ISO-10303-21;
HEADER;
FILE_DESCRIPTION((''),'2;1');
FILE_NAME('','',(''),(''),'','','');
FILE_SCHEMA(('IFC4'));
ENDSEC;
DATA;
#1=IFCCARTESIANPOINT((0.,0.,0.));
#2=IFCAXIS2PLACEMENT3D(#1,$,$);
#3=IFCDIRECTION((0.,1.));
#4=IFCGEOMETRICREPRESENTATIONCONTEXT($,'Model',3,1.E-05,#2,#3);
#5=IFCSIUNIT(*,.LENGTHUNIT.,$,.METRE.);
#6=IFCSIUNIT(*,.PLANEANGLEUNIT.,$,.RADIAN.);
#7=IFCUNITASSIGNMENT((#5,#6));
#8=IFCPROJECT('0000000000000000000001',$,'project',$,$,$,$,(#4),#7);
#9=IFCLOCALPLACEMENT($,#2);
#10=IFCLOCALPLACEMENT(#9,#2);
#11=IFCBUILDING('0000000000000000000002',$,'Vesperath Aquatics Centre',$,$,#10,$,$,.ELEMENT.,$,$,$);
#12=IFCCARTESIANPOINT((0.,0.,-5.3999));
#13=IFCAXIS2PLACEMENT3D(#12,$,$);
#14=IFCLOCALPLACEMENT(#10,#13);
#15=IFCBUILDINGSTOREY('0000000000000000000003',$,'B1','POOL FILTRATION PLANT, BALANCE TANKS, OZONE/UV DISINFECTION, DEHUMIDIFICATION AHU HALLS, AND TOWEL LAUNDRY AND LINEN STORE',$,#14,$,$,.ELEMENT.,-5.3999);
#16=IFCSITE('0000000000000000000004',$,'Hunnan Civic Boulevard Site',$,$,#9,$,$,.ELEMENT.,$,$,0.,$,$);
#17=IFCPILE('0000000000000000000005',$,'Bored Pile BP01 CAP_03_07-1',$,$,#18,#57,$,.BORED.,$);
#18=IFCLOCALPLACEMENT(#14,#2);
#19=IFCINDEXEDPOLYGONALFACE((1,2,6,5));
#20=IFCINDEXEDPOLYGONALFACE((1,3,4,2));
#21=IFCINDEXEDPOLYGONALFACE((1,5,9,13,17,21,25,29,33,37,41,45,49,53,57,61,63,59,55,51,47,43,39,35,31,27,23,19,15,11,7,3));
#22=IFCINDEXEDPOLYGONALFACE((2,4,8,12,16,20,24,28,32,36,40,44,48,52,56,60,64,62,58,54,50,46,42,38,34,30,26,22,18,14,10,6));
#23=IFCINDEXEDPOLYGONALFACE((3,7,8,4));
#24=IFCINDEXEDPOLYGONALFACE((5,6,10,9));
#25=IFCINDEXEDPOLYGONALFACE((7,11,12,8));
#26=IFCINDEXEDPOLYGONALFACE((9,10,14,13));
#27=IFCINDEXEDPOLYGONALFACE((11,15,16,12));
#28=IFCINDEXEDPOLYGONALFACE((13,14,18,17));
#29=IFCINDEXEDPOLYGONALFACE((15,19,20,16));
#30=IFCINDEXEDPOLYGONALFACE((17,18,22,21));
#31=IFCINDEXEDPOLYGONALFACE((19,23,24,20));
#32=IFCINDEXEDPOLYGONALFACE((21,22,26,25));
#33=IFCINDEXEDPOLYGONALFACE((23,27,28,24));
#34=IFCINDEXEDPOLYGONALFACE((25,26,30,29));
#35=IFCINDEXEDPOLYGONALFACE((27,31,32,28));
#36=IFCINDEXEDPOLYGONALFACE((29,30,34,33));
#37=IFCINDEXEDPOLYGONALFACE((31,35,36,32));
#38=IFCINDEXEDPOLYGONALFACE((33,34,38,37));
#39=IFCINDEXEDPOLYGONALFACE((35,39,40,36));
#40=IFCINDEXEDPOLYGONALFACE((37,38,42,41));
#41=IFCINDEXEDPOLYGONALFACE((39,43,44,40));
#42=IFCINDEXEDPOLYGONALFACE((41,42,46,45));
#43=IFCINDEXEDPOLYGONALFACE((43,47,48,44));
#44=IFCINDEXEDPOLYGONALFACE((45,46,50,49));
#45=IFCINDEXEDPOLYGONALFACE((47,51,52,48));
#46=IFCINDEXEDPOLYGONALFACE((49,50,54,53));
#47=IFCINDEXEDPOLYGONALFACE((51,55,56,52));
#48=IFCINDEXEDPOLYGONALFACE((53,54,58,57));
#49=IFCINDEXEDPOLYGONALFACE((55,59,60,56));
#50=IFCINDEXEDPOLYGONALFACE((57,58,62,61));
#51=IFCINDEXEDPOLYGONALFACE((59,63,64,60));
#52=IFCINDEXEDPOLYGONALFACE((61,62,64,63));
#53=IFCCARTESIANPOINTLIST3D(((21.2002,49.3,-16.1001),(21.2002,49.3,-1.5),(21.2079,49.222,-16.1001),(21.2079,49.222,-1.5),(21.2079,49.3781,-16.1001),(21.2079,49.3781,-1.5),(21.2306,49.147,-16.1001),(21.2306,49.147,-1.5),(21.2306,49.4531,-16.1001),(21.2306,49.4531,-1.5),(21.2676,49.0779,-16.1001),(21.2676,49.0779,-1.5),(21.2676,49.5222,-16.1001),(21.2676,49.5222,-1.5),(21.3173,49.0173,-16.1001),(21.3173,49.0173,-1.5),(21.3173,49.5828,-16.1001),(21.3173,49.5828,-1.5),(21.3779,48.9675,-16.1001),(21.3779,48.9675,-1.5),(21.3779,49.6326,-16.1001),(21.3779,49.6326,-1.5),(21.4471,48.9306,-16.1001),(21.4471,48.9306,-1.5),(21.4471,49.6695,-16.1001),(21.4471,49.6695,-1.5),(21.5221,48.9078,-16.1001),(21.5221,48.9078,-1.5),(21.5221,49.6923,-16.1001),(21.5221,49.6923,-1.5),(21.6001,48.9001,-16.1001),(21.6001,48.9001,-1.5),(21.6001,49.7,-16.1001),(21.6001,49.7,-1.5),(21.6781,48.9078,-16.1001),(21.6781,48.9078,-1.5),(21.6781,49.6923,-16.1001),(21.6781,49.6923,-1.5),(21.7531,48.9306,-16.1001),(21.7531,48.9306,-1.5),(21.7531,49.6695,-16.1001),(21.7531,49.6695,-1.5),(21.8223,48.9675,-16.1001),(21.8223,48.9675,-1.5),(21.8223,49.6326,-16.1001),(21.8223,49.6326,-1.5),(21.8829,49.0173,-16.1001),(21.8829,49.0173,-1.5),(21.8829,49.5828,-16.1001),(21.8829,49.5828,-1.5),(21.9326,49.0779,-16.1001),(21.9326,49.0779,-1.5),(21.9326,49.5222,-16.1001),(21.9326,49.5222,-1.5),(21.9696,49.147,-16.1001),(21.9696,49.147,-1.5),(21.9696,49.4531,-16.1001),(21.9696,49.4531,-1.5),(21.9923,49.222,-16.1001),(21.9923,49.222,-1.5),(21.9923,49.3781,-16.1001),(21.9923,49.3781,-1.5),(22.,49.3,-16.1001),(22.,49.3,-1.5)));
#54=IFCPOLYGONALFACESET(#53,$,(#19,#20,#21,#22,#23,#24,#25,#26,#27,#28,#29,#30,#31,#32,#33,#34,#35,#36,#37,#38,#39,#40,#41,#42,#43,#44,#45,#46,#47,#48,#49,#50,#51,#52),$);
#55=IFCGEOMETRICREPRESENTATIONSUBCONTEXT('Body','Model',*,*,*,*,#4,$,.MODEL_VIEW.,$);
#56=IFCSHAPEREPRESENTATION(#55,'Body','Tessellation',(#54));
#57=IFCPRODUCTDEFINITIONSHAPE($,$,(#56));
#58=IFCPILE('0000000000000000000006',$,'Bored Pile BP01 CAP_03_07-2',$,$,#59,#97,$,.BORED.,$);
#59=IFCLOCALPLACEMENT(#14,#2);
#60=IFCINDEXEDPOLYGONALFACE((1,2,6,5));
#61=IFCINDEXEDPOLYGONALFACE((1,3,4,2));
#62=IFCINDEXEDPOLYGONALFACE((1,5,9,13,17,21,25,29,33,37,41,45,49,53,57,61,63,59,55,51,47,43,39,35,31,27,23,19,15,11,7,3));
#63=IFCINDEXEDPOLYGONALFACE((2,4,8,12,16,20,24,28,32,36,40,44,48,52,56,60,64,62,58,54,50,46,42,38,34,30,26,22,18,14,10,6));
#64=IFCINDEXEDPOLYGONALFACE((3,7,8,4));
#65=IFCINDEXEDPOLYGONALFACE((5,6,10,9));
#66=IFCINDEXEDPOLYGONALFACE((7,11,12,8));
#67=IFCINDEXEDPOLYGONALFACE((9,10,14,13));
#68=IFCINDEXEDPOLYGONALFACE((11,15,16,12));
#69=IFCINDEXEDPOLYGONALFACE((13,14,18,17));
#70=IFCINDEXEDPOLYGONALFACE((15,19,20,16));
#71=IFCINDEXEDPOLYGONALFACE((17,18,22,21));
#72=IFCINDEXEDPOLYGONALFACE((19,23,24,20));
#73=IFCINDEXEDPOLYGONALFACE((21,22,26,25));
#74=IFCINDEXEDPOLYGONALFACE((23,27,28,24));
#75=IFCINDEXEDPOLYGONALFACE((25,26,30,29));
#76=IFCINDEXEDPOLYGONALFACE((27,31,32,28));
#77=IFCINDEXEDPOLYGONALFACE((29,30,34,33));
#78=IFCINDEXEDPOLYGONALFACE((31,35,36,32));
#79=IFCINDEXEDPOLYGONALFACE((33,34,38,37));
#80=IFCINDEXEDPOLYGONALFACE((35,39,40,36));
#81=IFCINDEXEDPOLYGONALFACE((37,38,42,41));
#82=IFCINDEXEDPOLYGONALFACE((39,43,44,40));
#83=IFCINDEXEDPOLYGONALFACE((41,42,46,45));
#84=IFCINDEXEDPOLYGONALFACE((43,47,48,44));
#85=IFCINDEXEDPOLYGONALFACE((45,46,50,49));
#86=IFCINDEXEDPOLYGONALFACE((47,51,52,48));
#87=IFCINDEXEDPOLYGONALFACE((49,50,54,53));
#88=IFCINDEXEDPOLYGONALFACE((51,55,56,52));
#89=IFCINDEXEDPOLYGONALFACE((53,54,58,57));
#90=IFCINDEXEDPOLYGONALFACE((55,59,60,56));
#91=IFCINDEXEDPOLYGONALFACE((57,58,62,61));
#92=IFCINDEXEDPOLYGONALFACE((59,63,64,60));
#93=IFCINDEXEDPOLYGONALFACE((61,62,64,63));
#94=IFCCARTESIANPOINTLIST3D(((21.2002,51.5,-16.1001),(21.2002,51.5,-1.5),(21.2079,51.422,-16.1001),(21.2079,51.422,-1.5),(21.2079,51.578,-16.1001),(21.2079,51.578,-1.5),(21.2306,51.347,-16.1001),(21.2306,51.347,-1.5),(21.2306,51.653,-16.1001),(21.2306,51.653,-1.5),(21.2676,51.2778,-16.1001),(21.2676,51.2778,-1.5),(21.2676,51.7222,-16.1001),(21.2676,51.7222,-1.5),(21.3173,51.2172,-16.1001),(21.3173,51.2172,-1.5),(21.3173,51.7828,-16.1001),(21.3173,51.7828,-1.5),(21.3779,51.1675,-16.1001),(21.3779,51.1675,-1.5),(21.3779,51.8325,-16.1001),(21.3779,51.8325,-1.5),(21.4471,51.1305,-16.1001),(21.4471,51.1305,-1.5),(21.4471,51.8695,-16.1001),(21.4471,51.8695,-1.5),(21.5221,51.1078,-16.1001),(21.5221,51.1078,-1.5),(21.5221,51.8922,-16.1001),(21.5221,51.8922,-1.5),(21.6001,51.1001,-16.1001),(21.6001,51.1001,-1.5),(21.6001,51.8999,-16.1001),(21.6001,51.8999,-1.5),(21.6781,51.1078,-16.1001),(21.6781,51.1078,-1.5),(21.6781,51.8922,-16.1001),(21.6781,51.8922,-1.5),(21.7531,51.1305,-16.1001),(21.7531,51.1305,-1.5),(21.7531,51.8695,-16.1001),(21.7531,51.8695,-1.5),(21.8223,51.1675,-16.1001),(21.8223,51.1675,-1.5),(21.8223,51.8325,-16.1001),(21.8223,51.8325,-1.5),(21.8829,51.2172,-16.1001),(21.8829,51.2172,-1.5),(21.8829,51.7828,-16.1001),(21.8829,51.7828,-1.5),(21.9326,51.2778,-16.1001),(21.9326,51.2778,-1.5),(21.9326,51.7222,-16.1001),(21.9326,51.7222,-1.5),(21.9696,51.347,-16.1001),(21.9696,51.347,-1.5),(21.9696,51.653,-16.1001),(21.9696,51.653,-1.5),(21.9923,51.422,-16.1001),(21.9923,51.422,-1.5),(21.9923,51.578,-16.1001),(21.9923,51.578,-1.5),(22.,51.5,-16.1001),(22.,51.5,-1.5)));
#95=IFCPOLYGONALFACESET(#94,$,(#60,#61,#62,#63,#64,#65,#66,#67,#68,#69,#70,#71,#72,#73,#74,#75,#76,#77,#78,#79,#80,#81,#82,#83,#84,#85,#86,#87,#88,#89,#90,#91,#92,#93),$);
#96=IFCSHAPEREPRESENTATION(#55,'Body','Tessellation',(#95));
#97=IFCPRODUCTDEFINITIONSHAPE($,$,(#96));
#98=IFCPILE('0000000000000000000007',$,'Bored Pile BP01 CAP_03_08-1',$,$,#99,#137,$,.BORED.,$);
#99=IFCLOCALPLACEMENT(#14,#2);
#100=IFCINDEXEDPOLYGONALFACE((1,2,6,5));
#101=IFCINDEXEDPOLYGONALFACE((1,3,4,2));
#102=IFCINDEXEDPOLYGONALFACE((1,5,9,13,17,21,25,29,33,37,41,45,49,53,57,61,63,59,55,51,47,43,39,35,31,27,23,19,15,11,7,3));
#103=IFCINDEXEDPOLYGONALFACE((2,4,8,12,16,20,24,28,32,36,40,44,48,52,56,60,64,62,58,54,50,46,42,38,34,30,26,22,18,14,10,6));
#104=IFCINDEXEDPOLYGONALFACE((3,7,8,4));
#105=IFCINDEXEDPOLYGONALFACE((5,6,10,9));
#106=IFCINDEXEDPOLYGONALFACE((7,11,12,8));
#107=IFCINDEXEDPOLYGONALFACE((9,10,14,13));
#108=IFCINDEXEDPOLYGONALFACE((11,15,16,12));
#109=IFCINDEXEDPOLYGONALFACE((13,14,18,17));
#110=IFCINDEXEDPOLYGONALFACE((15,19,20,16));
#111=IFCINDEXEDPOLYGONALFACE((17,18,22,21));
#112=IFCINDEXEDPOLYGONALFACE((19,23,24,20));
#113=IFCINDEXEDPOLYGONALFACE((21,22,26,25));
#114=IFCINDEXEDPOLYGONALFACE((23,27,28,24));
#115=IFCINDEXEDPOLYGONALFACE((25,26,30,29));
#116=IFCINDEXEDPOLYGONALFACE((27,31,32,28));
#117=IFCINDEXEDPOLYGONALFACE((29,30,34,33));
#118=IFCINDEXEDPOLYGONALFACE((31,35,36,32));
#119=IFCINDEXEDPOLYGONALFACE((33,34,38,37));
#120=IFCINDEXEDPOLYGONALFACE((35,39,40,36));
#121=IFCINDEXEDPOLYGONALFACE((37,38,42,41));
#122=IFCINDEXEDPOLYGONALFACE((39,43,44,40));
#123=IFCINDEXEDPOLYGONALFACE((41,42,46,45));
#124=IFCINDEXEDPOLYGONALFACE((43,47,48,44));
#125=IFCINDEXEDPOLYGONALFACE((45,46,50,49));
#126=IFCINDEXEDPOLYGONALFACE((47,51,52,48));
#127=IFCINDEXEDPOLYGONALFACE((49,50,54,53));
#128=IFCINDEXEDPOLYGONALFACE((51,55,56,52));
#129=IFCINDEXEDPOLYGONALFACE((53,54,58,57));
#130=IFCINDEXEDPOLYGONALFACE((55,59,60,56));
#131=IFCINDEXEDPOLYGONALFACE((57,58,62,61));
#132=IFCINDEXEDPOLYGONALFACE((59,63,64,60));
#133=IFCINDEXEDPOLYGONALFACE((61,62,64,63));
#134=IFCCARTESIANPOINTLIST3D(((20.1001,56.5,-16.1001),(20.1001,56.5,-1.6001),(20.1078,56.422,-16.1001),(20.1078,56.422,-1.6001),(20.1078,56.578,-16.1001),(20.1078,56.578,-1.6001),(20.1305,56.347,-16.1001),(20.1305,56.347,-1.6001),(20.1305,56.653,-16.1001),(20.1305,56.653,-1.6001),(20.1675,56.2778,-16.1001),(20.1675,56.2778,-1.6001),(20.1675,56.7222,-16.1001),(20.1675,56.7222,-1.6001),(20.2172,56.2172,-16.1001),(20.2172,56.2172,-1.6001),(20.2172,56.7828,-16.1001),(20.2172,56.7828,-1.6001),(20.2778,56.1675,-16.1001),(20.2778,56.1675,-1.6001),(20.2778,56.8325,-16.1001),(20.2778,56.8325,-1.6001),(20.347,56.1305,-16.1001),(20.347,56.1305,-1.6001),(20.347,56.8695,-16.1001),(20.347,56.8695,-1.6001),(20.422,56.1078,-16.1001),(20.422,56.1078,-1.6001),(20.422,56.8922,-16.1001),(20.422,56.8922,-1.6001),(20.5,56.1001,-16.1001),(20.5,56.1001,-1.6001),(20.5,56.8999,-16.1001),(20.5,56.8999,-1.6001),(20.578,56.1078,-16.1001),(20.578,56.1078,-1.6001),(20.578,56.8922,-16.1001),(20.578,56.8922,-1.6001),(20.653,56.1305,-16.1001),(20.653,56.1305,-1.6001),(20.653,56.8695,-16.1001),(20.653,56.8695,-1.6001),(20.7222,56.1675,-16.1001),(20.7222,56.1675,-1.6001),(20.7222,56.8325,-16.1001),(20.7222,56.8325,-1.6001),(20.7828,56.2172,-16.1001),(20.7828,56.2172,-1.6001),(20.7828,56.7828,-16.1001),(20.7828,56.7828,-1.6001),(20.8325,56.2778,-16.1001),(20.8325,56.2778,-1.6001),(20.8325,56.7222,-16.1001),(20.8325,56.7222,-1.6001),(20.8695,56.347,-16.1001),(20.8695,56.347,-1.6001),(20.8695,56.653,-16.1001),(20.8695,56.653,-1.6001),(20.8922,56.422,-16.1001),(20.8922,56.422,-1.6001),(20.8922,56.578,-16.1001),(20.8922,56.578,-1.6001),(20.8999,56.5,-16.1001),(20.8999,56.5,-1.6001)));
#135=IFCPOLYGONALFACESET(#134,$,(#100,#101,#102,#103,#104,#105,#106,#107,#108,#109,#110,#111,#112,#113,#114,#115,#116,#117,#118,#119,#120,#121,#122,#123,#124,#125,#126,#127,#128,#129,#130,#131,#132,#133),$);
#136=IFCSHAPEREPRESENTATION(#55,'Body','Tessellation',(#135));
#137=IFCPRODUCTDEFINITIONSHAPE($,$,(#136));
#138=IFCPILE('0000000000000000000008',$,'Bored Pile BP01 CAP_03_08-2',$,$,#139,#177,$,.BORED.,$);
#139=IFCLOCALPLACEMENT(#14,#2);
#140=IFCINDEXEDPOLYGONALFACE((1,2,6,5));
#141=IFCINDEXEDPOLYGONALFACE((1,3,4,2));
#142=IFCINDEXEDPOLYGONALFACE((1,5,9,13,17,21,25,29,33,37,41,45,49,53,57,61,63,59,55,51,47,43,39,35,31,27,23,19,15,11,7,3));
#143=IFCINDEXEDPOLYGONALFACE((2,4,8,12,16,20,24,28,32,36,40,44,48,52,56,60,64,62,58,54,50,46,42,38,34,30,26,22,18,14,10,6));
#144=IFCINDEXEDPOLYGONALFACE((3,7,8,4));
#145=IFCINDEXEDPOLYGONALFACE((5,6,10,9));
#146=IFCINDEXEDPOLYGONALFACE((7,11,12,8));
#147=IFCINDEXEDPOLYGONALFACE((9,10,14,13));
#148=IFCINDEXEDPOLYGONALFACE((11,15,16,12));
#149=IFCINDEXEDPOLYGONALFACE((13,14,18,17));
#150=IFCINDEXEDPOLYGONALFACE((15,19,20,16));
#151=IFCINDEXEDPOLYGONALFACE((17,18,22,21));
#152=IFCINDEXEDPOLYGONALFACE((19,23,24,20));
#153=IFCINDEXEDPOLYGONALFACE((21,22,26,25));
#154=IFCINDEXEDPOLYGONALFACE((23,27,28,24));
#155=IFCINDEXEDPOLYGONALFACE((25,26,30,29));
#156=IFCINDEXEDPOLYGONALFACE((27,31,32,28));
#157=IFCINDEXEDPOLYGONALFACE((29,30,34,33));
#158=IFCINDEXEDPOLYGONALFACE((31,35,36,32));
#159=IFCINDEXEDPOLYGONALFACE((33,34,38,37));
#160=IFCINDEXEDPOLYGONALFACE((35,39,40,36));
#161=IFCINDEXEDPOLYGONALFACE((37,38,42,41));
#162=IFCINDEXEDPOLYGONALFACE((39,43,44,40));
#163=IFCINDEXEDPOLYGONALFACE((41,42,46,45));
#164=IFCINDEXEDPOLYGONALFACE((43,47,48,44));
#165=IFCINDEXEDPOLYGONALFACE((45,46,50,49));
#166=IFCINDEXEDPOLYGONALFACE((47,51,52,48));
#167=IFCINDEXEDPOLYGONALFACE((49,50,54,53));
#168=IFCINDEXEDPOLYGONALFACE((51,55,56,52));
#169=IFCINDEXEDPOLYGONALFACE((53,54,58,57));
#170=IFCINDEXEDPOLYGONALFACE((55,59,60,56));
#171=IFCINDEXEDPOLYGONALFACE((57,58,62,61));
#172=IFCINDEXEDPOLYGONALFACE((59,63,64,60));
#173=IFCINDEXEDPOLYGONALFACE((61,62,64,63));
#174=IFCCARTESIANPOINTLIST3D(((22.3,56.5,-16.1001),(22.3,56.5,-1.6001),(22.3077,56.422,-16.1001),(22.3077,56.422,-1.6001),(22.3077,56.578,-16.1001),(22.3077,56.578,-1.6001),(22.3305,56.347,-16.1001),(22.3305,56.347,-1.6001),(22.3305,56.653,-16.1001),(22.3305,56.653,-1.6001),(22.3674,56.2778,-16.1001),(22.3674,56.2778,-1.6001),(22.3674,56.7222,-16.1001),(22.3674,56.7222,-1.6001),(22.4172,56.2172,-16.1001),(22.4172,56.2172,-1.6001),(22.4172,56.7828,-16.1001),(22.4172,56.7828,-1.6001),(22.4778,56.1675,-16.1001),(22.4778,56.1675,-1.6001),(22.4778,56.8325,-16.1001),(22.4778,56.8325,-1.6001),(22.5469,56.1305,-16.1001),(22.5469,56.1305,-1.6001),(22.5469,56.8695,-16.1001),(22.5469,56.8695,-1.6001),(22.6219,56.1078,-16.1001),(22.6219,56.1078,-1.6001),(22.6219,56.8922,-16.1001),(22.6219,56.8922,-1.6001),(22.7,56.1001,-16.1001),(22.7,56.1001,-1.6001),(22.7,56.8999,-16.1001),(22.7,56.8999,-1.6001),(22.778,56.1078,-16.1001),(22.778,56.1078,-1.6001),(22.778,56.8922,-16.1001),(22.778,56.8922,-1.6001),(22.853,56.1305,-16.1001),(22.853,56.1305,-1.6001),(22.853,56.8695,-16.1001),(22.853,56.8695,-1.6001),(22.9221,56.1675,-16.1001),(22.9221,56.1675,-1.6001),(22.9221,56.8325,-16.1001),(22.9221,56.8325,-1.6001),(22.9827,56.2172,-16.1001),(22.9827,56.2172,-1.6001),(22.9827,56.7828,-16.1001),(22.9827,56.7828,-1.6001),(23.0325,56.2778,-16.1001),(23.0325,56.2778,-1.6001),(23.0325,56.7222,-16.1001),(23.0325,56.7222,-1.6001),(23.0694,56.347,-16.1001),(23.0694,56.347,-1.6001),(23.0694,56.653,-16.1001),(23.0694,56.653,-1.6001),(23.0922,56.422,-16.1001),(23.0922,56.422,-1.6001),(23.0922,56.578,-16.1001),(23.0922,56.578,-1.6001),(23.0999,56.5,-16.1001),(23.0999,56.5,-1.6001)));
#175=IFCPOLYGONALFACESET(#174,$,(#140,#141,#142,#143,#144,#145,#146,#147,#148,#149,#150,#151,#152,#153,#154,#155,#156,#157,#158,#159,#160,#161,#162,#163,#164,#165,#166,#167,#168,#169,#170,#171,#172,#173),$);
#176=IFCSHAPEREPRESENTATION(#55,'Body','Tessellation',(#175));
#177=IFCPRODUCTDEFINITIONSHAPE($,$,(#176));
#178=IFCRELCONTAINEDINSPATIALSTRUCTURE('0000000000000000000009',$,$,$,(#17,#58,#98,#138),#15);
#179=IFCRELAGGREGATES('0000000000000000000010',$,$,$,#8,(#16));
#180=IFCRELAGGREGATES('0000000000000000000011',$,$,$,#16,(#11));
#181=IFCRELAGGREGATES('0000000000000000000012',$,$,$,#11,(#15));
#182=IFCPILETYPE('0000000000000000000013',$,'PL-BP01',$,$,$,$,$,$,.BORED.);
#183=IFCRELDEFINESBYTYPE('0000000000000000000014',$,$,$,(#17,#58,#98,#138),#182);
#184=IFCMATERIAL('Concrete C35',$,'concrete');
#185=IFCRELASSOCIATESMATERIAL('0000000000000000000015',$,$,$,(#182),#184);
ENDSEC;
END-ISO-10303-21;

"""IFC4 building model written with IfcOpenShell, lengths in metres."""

from ifc_helpers import new_model, si_unit, direction, frame, origin, origin_2d, place, context, subcontext, project, spatial, circle, extrude, material, material_profile, profile_set, type_object, element, save


model = new_model("IFC4")

# Units and contexts
model_context = context("Model", 3, precision=1e-05, world=origin(), true_north=direction((0.0, 1.0)))
body_context = subcontext(model_context, "Body", "Model", "MODEL_VIEW")
ifc_project = project(units=[si_unit("LENGTHUNIT", "METRE"), si_unit("PLANEANGLEUNIT", "RADIAN")], contexts=[model_context])

# Site, building, storey
site_placement = place(None, origin())
site = spatial("IfcSite", under=ifc_project, at=site_placement, Name="Hunnan Civic Boulevard Site", CompositionType="ELEMENT", RefElevation=0.0)
building_placement = place(site_placement, origin())
building = spatial("IfcBuilding", under=site, at=building_placement, Name="Vesperath Aquatics Centre", CompositionType="ELEMENT")
storey_placement = place(building_placement, frame((0.0, 0.0, -5.3999)))
storey = spatial("IfcBuildingStorey", under=building, at=storey_placement, Name="B1", Description="POOL FILTRATION PLANT, BALANCE TANKS, OZONE/UV DISINFECTION, DEHUMIDIFICATION AHU HALLS, AND TOWEL LAUNDRY AND LINEN STORE", CompositionType="ELEMENT", Elevation=-5.3999)

# Piles
ifc_material_1 = material(Name="Concrete C35", Category="concrete")
ifc_material_profile_1 = material_profile(ifc_material_1, circle(Radius=0.3999, at=origin_2d()), Name="PILE D800")
ifc_profile_set_1 = profile_set([ifc_material_profile_1], Name="Concrete C35")
pile_type = type_object("IfcPileType", Name="PL-BP01", PredefinedType="BORED", material=ifc_profile_set_1)
for number, where, z_axis, x_axis, name in (
    (1, (21.6001, 49.3, -1.5), (0.0, 0.0, -1.0), (1.0, 0.0, 0.0), "Bored Pile BP01 CAP_03_07-1"),
    (2, (21.6001, 51.5, -1.5), (0.0, 0.0, -1.0), (1.0, 0.0, 0.0), "Bored Pile BP01 CAP_03_07-2"),
):
    element("IfcPile", number, at=place(storey_placement, frame(where, z_axis=z_axis, x_axis=x_axis)), inside=storey, type_object=pile_type, Name=name, PredefinedType="BORED", context=body_context, shape_type="SweptSolid", body=[
        extrude(circle(Radius=0.3999, at=origin_2d()), origin(), (0.0, 0.0, 1.0), 14.6001),
    ])
for number, where, z_axis, x_axis, name in (
    (3, (20.5, 56.5, -1.6001), (0.0, 0.0, -1.0), (1.0, 0.0, 0.0), "Bored Pile BP01 CAP_03_08-1"),
    (4, (22.7, 56.5, -1.6001), (0.0, 0.0, -1.0), (1.0, 0.0, 0.0), "Bored Pile BP01 CAP_03_08-2"),
):
    element("IfcPile", number, at=place(storey_placement, frame(where, z_axis=z_axis, x_axis=x_axis)), inside=storey, type_object=pile_type, Name=name, PredefinedType="BORED", context=body_context, shape_type="SweptSolid", body=[
        extrude(circle(Radius=0.3999, at=origin_2d()), origin(), (0.0, 0.0, 1.0), 14.5),
    ])

save(model, "model.ifc")
